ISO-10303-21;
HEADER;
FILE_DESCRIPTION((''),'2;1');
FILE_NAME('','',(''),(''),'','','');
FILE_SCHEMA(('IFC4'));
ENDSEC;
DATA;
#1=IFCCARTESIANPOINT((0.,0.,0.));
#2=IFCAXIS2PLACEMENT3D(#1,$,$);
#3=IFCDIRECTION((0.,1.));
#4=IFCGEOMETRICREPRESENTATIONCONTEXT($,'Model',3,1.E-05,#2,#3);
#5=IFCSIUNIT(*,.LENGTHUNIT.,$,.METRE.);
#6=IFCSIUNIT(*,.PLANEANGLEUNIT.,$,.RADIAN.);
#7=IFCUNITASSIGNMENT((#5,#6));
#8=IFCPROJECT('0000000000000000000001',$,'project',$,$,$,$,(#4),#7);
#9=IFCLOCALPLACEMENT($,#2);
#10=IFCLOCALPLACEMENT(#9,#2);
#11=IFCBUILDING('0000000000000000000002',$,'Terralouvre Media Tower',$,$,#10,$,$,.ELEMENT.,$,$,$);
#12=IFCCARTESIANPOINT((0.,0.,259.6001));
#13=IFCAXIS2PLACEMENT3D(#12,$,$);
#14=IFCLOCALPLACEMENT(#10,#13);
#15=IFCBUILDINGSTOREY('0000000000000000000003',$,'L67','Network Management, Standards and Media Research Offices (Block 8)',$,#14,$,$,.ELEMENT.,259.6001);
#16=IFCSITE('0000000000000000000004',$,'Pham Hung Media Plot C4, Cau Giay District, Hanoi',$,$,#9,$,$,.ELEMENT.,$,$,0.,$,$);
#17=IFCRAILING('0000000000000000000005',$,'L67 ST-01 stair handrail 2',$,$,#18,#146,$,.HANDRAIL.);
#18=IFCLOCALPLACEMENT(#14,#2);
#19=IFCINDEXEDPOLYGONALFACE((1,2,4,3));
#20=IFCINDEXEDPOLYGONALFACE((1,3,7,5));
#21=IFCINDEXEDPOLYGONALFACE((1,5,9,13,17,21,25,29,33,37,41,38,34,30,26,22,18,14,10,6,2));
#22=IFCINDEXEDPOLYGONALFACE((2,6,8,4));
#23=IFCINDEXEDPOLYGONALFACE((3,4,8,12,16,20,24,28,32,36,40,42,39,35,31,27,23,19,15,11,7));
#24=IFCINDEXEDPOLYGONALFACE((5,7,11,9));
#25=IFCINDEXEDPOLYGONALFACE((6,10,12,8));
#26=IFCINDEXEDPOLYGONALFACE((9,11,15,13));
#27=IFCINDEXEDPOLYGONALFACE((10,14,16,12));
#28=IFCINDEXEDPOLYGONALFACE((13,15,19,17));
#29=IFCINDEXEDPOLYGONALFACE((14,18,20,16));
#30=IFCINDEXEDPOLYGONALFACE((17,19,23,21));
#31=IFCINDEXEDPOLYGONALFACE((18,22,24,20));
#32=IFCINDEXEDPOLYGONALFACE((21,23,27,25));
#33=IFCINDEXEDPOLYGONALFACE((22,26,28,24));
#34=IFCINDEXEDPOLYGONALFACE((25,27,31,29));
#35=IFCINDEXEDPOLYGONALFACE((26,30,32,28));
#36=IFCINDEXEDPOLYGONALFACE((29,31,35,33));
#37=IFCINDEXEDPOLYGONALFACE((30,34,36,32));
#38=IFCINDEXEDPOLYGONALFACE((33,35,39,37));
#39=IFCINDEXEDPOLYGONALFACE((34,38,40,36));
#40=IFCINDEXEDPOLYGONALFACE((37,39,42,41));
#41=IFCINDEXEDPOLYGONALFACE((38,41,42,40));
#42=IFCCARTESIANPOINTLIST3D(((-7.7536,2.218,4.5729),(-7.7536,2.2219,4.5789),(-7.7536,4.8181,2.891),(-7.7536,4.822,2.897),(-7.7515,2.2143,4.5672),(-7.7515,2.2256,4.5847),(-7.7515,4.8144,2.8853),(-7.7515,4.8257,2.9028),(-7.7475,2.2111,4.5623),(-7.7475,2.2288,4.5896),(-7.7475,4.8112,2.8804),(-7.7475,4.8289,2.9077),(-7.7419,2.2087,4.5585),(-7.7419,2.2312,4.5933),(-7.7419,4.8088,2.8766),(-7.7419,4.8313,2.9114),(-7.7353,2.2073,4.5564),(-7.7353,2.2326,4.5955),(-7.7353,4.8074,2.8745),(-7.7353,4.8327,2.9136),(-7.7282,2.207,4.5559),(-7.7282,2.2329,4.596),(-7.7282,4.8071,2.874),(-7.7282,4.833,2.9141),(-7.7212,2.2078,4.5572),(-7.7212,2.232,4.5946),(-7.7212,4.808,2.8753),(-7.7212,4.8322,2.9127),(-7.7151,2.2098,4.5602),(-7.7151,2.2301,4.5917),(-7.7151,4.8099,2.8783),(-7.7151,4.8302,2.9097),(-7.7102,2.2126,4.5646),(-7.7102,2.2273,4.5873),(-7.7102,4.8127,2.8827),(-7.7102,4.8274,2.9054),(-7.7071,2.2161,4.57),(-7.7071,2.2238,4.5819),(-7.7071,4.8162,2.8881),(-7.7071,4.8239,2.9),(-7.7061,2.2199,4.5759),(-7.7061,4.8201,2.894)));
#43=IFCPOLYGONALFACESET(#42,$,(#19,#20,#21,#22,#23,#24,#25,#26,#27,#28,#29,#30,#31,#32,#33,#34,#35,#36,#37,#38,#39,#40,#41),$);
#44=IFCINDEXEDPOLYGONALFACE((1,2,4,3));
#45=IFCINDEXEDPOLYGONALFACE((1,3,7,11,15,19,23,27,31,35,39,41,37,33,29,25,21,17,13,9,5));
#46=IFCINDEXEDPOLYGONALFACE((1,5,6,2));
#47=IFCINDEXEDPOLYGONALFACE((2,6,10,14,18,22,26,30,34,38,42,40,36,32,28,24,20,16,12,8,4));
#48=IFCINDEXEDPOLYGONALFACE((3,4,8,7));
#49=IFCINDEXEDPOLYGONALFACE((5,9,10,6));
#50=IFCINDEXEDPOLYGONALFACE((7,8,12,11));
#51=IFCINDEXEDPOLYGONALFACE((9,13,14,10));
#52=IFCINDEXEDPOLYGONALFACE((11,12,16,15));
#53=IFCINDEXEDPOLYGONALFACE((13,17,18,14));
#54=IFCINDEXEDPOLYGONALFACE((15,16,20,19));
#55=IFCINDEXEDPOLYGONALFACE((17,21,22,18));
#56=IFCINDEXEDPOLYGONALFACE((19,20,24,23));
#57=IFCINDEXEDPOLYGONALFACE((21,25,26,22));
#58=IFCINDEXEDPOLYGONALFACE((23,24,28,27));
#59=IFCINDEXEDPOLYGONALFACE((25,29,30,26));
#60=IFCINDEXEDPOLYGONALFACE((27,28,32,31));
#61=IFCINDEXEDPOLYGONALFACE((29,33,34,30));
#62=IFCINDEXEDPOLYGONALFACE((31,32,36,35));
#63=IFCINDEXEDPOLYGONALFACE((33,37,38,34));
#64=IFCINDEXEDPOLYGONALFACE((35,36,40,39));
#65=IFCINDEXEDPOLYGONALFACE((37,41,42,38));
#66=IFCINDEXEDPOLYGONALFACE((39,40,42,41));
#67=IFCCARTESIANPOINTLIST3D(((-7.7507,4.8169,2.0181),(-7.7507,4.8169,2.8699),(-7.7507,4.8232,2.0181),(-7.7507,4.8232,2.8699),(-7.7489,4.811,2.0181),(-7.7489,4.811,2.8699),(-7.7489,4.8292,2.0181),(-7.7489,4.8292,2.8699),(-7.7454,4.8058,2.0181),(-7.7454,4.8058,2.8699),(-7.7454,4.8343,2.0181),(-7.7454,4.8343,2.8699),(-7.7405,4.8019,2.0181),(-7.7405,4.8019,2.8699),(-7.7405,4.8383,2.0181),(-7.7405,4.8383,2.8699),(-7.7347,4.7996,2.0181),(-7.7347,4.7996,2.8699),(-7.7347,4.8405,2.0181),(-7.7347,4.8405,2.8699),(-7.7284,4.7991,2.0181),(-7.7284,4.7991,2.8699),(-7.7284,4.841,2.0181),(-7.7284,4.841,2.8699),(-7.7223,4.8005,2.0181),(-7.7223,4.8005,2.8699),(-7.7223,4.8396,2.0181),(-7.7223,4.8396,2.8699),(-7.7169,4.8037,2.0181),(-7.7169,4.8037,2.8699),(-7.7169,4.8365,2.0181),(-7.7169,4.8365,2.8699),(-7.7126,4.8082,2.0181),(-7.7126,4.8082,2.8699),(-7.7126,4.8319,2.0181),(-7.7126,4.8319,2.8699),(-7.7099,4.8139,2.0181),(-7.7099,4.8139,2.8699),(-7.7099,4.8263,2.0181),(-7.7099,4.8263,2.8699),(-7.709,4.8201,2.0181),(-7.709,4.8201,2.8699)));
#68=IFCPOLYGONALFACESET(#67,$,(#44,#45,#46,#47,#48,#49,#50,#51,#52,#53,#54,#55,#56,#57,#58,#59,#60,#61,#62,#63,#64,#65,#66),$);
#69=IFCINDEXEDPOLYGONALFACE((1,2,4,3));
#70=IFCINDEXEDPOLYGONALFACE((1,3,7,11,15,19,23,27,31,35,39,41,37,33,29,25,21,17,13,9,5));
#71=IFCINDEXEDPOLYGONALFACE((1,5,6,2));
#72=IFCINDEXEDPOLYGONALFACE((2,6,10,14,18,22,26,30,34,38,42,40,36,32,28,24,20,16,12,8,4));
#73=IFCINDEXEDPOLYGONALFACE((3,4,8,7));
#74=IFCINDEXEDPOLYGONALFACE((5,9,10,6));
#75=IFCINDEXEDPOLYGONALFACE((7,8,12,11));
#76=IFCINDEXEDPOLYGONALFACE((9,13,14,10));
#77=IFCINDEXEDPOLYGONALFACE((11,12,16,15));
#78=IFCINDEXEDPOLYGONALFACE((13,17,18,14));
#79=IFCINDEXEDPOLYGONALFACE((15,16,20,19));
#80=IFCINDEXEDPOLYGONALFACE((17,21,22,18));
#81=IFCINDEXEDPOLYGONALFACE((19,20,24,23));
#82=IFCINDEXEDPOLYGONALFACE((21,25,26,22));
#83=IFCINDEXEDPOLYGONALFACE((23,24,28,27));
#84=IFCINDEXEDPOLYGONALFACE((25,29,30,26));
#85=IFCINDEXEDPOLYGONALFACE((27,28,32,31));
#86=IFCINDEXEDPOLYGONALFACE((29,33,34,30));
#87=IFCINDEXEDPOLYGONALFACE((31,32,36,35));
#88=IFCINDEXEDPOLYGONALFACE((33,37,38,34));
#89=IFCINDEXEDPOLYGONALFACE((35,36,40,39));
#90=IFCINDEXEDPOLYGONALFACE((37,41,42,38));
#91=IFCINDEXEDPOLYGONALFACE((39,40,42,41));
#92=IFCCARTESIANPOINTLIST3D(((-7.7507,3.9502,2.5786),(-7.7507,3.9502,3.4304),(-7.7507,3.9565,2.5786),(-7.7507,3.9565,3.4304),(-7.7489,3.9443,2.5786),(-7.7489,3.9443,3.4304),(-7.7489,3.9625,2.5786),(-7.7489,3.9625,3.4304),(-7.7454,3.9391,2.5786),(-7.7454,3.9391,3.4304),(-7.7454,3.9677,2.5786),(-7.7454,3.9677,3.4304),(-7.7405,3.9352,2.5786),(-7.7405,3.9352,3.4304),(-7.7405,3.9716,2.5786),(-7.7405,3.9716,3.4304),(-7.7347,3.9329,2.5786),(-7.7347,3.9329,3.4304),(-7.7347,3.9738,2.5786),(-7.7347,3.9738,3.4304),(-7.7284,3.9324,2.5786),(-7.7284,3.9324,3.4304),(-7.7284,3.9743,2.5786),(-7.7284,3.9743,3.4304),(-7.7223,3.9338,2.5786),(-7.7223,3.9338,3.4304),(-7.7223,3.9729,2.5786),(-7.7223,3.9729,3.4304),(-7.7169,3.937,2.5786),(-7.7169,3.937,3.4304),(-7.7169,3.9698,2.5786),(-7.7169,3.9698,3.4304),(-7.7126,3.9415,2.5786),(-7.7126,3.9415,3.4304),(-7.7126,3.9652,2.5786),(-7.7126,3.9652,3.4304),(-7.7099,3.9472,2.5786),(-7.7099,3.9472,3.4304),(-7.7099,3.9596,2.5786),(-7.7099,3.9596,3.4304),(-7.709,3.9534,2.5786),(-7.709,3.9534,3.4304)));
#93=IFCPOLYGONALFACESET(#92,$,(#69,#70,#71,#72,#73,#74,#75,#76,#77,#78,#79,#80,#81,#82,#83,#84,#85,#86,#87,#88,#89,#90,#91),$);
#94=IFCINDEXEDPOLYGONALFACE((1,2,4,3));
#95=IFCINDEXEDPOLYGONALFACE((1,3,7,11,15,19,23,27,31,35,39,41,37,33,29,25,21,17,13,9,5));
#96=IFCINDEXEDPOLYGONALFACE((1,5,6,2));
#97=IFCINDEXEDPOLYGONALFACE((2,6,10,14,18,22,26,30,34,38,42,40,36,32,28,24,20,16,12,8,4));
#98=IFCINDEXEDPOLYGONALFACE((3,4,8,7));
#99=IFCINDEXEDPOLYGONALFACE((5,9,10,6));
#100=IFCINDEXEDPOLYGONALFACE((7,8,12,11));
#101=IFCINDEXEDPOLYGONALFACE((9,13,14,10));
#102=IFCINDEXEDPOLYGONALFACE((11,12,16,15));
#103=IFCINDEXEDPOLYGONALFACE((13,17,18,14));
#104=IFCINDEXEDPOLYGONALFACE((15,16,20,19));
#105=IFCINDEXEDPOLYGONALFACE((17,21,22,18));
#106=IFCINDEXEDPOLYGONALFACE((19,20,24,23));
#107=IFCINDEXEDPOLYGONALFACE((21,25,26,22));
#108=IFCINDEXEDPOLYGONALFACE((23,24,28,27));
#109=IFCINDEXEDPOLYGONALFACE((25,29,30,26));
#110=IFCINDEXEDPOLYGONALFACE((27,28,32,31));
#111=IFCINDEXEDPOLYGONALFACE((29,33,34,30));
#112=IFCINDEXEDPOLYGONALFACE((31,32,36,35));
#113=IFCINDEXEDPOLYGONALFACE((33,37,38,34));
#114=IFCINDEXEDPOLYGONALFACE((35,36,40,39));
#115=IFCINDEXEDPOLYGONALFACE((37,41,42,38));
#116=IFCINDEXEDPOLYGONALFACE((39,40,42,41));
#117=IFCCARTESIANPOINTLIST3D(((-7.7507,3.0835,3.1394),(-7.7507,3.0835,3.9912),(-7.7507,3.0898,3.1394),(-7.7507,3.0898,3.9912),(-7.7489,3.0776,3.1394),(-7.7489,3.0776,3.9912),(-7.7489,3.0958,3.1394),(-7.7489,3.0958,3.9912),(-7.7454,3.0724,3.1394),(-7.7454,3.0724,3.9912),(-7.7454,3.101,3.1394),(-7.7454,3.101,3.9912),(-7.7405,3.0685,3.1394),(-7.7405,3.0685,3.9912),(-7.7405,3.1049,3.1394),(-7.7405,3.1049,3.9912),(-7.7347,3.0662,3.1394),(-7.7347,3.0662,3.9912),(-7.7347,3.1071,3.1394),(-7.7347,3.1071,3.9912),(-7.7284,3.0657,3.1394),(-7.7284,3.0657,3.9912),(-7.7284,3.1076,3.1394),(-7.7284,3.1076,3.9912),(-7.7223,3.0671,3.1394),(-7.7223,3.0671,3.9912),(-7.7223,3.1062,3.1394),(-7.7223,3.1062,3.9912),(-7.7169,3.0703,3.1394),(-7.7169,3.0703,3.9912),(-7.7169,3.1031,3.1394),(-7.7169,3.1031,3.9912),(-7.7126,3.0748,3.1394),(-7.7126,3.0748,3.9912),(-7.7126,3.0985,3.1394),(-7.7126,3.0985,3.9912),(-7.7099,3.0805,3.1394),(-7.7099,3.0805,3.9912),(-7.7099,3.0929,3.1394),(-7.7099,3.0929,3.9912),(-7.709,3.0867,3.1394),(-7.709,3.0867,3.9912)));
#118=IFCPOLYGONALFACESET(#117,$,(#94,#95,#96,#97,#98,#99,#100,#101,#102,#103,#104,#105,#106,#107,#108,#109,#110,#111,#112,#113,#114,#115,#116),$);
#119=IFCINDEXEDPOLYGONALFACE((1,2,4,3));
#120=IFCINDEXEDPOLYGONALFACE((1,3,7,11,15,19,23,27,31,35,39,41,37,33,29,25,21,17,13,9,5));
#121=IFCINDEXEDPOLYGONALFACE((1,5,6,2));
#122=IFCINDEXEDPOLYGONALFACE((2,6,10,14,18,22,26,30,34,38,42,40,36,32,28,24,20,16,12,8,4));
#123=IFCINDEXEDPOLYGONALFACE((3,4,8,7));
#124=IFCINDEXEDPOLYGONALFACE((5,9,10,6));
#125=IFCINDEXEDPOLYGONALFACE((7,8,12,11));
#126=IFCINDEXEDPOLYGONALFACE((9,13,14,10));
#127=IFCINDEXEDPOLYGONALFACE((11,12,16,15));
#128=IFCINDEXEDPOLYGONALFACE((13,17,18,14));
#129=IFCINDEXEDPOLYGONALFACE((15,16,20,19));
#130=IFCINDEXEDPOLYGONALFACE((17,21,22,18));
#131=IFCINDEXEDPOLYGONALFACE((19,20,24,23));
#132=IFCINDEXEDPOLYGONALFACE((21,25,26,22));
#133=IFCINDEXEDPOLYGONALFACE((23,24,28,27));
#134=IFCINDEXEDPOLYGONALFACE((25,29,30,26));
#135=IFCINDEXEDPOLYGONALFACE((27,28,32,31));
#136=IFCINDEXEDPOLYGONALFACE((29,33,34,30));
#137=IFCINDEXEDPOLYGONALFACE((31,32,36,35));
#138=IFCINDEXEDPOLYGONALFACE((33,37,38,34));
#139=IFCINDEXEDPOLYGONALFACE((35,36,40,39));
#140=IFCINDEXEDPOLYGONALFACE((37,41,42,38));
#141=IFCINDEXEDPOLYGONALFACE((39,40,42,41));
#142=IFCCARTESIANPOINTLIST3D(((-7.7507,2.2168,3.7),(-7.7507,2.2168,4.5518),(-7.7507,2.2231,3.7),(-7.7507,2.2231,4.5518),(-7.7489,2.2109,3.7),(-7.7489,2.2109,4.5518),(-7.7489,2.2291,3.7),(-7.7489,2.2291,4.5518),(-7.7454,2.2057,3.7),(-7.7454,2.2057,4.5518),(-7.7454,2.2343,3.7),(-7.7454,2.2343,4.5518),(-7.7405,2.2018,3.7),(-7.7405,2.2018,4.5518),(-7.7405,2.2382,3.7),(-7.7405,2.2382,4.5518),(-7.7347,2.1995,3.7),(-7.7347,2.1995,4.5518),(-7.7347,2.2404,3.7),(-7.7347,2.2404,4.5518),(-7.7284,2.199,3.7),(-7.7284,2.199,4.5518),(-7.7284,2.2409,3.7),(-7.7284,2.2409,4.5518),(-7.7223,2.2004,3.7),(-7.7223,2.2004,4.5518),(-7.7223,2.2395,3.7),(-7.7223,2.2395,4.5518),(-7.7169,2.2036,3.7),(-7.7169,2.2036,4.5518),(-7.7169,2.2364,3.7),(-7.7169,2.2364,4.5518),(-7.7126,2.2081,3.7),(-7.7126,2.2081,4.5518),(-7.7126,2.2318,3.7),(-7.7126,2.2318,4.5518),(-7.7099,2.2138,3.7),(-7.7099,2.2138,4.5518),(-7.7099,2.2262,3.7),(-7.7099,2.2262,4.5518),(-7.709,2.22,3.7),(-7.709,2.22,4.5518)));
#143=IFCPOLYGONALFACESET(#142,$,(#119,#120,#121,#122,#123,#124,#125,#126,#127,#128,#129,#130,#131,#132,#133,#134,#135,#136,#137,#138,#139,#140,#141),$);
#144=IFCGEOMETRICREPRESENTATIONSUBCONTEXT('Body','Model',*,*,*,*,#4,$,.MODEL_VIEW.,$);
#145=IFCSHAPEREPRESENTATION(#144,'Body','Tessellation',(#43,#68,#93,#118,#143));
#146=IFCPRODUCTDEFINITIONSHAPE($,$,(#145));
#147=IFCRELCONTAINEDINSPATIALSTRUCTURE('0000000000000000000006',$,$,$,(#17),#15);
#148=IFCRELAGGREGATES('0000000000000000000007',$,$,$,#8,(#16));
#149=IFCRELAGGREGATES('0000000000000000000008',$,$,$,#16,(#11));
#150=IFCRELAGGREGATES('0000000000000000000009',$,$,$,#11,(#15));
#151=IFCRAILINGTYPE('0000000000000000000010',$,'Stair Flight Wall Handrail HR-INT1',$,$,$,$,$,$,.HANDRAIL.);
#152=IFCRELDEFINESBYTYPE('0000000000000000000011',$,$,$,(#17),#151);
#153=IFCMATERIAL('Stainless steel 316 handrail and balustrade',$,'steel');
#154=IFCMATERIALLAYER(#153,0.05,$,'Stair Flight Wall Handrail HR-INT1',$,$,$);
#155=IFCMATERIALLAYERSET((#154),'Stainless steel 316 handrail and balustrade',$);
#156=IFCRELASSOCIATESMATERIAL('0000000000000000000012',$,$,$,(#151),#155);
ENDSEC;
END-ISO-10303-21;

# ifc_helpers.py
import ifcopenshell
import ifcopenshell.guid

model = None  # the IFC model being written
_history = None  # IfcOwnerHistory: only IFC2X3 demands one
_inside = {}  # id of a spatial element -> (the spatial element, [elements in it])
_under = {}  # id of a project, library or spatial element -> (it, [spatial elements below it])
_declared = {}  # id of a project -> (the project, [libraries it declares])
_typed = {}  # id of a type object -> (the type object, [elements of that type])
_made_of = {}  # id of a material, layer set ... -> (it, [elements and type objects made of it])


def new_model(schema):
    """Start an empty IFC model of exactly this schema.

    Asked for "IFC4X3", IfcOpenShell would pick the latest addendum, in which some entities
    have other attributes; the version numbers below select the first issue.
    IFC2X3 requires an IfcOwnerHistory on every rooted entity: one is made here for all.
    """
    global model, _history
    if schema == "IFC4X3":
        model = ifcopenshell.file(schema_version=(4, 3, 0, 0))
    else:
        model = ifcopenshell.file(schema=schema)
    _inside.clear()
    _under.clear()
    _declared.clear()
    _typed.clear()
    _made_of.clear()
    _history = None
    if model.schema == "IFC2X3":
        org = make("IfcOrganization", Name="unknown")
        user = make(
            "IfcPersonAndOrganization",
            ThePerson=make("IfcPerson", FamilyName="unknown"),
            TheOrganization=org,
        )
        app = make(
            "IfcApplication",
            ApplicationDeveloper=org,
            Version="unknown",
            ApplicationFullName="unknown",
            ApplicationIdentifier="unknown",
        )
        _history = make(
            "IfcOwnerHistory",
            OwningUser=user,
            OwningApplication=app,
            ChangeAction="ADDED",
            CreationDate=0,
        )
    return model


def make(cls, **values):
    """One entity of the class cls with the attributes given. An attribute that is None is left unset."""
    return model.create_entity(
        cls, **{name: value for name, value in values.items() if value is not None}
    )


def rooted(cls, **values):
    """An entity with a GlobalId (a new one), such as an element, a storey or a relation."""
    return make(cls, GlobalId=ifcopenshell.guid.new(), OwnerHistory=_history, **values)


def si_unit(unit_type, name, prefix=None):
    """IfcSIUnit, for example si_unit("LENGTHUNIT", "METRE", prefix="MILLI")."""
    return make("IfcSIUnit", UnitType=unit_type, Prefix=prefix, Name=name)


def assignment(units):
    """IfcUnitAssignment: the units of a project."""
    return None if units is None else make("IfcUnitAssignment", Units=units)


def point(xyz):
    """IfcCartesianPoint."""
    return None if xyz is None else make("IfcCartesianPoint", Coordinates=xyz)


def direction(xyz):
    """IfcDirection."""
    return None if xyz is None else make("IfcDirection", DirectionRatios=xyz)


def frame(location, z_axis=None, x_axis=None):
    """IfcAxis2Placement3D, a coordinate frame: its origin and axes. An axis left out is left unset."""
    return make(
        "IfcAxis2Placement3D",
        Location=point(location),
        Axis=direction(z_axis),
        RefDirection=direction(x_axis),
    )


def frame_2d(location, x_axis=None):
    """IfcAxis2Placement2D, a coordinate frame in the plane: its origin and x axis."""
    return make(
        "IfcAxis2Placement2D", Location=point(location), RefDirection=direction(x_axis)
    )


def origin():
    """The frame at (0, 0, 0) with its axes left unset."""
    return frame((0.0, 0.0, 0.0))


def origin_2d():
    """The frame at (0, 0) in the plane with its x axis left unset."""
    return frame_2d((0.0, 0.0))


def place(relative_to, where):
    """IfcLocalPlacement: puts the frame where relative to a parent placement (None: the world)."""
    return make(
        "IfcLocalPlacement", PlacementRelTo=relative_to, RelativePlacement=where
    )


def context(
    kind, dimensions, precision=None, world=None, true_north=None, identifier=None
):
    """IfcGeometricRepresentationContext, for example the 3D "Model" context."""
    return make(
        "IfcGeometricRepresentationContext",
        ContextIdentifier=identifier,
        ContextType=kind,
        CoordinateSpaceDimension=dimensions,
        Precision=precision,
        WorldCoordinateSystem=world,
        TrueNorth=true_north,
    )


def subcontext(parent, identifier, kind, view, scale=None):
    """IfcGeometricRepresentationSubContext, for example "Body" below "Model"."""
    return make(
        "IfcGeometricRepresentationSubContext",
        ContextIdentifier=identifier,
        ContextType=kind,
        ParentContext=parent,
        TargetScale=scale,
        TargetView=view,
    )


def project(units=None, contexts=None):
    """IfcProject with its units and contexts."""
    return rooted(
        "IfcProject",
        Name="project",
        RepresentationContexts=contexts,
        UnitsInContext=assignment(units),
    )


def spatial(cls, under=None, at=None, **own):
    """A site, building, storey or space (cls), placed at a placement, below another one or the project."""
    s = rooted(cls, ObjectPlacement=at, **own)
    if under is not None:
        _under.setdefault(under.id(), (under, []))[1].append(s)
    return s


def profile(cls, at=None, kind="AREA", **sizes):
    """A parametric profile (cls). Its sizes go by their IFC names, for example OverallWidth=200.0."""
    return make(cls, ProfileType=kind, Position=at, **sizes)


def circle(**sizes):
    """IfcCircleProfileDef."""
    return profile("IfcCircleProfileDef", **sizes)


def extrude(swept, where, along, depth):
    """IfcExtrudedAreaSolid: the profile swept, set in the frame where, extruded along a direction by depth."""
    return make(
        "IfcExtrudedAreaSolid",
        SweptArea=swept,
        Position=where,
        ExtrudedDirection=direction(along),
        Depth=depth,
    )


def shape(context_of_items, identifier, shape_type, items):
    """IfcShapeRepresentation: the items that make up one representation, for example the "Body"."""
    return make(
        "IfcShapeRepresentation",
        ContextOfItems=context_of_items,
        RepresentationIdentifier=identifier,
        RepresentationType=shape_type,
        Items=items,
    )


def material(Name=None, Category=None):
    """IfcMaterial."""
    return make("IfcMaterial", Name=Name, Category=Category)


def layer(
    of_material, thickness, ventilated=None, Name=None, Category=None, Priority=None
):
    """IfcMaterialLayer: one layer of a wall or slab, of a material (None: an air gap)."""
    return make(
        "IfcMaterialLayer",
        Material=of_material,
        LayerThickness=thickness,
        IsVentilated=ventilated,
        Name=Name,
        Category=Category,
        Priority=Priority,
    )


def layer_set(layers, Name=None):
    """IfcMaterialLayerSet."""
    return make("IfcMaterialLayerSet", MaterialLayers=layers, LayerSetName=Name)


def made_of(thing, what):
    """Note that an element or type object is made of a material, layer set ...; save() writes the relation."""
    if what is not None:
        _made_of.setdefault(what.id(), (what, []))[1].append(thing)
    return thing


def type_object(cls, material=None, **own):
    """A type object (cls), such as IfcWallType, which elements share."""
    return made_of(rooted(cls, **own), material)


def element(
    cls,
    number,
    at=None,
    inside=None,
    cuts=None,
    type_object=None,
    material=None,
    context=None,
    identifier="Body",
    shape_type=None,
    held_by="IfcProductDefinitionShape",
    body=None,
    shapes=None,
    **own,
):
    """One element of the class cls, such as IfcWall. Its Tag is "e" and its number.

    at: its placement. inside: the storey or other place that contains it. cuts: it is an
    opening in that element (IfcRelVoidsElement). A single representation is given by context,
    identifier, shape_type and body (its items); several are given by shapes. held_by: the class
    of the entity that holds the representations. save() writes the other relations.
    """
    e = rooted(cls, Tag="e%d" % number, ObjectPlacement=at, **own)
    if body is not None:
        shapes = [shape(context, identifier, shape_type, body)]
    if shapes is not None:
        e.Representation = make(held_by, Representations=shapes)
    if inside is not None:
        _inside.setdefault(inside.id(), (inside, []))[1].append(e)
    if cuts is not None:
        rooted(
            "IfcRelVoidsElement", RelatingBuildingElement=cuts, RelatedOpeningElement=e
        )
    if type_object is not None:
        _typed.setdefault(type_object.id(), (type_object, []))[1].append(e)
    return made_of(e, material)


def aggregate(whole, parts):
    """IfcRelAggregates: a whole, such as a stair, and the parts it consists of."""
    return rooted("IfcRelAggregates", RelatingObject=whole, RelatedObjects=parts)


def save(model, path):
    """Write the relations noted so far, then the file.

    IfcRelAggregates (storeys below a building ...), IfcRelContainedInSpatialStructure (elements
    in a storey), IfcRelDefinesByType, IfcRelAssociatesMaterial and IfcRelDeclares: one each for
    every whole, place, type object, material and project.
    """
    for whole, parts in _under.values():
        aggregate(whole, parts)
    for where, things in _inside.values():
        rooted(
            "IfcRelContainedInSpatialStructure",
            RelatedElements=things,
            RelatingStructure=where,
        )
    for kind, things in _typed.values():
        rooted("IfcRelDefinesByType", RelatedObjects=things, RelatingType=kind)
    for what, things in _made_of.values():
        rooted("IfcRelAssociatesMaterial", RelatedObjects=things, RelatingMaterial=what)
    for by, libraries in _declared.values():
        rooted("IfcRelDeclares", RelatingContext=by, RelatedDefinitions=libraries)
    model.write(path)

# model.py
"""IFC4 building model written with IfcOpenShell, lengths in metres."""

from ifc_helpers import new_model, si_unit, direction, frame, origin, origin_2d, place, context, subcontext, project, spatial, circle, extrude, material, layer, layer_set, type_object, element, save


model = new_model("IFC4")

# Units and contexts
model_context = context("Model", 3, precision=1e-05, world=origin(), true_north=direction((0.0, 1.0)))
body_context = subcontext(model_context, "Body", "Model", "MODEL_VIEW")
ifc_project = project(units=[si_unit("LENGTHUNIT", "METRE"), si_unit("PLANEANGLEUNIT", "RADIAN")], contexts=[model_context])

# Site, building, storey
site_placement = place(None, origin())
site = spatial("IfcSite", under=ifc_project, at=site_placement, Name="Pham Hung Media Plot C4, Cau Giay District, Hanoi", CompositionType="ELEMENT", RefElevation=0.0)
building_placement = place(site_placement, origin())
building = spatial("IfcBuilding", under=site, at=building_placement, Name="Terralouvre Media Tower", CompositionType="ELEMENT")
storey_placement = place(building_placement, frame((0.0, 0.0, 259.6001)))
storey = spatial("IfcBuildingStorey", under=building, at=storey_placement, Name="L67", Description="Network Management, Standards and Media Research Offices (Block 8)", CompositionType="ELEMENT", Elevation=259.6001)

# Railing
ifc_material_1 = material(Name="Stainless steel 316 handrail and balustrade", Category="steel")
ifc_layer_1 = layer(ifc_material_1, 0.05, Name="Stair Flight Wall Handrail HR-INT1")
ifc_layer_set_1 = layer_set([ifc_layer_1], Name="Stainless steel 316 handrail and balustrade")
railing_type_1 = type_object("IfcRailingType", Name="Stair Flight Wall Handrail HR-INT1", PredefinedType="HANDRAIL", material=ifc_layer_set_1)
railing_1_placement = place(storey_placement, frame((-7.73, 4.8201, 2.0181)))
element("IfcRailing", 1, at=railing_1_placement, inside=storey, type_object=railing_type_1, Name="L67 ST-01 stair handrail 2", PredefinedType="HANDRAIL", context=body_context, shape_type="SweptSolid", body=[
    extrude(circle(Radius=0.0239, at=origin_2d()), frame((0.0, 0.0, 0.876), z_axis=(0.0, -0.839648, 0.54313), x_axis=(1.0, 0.0, 0.0)), (0.0, 0.0, 1.0), 3.0967),
    extrude(circle(Radius=0.021, at=origin_2d()), origin(), (0.0, 0.0, 1.0), 0.8518),
    extrude(circle(Radius=0.021, at=origin_2d()), frame((0.0, -0.8667, 0.5605)), (0.0, 0.0, 1.0), 0.8518),
    extrude(circle(Radius=0.021, at=origin_2d()), frame((0.0, -1.7334, 1.1213)), (0.0, 0.0, 1.0), 0.8518),
    extrude(circle(Radius=0.021, at=origin_2d()), frame((0.0, -2.6001, 1.6819)), (0.0, 0.0, 1.0), 0.8518),
])

save(model, "model.ifc")
